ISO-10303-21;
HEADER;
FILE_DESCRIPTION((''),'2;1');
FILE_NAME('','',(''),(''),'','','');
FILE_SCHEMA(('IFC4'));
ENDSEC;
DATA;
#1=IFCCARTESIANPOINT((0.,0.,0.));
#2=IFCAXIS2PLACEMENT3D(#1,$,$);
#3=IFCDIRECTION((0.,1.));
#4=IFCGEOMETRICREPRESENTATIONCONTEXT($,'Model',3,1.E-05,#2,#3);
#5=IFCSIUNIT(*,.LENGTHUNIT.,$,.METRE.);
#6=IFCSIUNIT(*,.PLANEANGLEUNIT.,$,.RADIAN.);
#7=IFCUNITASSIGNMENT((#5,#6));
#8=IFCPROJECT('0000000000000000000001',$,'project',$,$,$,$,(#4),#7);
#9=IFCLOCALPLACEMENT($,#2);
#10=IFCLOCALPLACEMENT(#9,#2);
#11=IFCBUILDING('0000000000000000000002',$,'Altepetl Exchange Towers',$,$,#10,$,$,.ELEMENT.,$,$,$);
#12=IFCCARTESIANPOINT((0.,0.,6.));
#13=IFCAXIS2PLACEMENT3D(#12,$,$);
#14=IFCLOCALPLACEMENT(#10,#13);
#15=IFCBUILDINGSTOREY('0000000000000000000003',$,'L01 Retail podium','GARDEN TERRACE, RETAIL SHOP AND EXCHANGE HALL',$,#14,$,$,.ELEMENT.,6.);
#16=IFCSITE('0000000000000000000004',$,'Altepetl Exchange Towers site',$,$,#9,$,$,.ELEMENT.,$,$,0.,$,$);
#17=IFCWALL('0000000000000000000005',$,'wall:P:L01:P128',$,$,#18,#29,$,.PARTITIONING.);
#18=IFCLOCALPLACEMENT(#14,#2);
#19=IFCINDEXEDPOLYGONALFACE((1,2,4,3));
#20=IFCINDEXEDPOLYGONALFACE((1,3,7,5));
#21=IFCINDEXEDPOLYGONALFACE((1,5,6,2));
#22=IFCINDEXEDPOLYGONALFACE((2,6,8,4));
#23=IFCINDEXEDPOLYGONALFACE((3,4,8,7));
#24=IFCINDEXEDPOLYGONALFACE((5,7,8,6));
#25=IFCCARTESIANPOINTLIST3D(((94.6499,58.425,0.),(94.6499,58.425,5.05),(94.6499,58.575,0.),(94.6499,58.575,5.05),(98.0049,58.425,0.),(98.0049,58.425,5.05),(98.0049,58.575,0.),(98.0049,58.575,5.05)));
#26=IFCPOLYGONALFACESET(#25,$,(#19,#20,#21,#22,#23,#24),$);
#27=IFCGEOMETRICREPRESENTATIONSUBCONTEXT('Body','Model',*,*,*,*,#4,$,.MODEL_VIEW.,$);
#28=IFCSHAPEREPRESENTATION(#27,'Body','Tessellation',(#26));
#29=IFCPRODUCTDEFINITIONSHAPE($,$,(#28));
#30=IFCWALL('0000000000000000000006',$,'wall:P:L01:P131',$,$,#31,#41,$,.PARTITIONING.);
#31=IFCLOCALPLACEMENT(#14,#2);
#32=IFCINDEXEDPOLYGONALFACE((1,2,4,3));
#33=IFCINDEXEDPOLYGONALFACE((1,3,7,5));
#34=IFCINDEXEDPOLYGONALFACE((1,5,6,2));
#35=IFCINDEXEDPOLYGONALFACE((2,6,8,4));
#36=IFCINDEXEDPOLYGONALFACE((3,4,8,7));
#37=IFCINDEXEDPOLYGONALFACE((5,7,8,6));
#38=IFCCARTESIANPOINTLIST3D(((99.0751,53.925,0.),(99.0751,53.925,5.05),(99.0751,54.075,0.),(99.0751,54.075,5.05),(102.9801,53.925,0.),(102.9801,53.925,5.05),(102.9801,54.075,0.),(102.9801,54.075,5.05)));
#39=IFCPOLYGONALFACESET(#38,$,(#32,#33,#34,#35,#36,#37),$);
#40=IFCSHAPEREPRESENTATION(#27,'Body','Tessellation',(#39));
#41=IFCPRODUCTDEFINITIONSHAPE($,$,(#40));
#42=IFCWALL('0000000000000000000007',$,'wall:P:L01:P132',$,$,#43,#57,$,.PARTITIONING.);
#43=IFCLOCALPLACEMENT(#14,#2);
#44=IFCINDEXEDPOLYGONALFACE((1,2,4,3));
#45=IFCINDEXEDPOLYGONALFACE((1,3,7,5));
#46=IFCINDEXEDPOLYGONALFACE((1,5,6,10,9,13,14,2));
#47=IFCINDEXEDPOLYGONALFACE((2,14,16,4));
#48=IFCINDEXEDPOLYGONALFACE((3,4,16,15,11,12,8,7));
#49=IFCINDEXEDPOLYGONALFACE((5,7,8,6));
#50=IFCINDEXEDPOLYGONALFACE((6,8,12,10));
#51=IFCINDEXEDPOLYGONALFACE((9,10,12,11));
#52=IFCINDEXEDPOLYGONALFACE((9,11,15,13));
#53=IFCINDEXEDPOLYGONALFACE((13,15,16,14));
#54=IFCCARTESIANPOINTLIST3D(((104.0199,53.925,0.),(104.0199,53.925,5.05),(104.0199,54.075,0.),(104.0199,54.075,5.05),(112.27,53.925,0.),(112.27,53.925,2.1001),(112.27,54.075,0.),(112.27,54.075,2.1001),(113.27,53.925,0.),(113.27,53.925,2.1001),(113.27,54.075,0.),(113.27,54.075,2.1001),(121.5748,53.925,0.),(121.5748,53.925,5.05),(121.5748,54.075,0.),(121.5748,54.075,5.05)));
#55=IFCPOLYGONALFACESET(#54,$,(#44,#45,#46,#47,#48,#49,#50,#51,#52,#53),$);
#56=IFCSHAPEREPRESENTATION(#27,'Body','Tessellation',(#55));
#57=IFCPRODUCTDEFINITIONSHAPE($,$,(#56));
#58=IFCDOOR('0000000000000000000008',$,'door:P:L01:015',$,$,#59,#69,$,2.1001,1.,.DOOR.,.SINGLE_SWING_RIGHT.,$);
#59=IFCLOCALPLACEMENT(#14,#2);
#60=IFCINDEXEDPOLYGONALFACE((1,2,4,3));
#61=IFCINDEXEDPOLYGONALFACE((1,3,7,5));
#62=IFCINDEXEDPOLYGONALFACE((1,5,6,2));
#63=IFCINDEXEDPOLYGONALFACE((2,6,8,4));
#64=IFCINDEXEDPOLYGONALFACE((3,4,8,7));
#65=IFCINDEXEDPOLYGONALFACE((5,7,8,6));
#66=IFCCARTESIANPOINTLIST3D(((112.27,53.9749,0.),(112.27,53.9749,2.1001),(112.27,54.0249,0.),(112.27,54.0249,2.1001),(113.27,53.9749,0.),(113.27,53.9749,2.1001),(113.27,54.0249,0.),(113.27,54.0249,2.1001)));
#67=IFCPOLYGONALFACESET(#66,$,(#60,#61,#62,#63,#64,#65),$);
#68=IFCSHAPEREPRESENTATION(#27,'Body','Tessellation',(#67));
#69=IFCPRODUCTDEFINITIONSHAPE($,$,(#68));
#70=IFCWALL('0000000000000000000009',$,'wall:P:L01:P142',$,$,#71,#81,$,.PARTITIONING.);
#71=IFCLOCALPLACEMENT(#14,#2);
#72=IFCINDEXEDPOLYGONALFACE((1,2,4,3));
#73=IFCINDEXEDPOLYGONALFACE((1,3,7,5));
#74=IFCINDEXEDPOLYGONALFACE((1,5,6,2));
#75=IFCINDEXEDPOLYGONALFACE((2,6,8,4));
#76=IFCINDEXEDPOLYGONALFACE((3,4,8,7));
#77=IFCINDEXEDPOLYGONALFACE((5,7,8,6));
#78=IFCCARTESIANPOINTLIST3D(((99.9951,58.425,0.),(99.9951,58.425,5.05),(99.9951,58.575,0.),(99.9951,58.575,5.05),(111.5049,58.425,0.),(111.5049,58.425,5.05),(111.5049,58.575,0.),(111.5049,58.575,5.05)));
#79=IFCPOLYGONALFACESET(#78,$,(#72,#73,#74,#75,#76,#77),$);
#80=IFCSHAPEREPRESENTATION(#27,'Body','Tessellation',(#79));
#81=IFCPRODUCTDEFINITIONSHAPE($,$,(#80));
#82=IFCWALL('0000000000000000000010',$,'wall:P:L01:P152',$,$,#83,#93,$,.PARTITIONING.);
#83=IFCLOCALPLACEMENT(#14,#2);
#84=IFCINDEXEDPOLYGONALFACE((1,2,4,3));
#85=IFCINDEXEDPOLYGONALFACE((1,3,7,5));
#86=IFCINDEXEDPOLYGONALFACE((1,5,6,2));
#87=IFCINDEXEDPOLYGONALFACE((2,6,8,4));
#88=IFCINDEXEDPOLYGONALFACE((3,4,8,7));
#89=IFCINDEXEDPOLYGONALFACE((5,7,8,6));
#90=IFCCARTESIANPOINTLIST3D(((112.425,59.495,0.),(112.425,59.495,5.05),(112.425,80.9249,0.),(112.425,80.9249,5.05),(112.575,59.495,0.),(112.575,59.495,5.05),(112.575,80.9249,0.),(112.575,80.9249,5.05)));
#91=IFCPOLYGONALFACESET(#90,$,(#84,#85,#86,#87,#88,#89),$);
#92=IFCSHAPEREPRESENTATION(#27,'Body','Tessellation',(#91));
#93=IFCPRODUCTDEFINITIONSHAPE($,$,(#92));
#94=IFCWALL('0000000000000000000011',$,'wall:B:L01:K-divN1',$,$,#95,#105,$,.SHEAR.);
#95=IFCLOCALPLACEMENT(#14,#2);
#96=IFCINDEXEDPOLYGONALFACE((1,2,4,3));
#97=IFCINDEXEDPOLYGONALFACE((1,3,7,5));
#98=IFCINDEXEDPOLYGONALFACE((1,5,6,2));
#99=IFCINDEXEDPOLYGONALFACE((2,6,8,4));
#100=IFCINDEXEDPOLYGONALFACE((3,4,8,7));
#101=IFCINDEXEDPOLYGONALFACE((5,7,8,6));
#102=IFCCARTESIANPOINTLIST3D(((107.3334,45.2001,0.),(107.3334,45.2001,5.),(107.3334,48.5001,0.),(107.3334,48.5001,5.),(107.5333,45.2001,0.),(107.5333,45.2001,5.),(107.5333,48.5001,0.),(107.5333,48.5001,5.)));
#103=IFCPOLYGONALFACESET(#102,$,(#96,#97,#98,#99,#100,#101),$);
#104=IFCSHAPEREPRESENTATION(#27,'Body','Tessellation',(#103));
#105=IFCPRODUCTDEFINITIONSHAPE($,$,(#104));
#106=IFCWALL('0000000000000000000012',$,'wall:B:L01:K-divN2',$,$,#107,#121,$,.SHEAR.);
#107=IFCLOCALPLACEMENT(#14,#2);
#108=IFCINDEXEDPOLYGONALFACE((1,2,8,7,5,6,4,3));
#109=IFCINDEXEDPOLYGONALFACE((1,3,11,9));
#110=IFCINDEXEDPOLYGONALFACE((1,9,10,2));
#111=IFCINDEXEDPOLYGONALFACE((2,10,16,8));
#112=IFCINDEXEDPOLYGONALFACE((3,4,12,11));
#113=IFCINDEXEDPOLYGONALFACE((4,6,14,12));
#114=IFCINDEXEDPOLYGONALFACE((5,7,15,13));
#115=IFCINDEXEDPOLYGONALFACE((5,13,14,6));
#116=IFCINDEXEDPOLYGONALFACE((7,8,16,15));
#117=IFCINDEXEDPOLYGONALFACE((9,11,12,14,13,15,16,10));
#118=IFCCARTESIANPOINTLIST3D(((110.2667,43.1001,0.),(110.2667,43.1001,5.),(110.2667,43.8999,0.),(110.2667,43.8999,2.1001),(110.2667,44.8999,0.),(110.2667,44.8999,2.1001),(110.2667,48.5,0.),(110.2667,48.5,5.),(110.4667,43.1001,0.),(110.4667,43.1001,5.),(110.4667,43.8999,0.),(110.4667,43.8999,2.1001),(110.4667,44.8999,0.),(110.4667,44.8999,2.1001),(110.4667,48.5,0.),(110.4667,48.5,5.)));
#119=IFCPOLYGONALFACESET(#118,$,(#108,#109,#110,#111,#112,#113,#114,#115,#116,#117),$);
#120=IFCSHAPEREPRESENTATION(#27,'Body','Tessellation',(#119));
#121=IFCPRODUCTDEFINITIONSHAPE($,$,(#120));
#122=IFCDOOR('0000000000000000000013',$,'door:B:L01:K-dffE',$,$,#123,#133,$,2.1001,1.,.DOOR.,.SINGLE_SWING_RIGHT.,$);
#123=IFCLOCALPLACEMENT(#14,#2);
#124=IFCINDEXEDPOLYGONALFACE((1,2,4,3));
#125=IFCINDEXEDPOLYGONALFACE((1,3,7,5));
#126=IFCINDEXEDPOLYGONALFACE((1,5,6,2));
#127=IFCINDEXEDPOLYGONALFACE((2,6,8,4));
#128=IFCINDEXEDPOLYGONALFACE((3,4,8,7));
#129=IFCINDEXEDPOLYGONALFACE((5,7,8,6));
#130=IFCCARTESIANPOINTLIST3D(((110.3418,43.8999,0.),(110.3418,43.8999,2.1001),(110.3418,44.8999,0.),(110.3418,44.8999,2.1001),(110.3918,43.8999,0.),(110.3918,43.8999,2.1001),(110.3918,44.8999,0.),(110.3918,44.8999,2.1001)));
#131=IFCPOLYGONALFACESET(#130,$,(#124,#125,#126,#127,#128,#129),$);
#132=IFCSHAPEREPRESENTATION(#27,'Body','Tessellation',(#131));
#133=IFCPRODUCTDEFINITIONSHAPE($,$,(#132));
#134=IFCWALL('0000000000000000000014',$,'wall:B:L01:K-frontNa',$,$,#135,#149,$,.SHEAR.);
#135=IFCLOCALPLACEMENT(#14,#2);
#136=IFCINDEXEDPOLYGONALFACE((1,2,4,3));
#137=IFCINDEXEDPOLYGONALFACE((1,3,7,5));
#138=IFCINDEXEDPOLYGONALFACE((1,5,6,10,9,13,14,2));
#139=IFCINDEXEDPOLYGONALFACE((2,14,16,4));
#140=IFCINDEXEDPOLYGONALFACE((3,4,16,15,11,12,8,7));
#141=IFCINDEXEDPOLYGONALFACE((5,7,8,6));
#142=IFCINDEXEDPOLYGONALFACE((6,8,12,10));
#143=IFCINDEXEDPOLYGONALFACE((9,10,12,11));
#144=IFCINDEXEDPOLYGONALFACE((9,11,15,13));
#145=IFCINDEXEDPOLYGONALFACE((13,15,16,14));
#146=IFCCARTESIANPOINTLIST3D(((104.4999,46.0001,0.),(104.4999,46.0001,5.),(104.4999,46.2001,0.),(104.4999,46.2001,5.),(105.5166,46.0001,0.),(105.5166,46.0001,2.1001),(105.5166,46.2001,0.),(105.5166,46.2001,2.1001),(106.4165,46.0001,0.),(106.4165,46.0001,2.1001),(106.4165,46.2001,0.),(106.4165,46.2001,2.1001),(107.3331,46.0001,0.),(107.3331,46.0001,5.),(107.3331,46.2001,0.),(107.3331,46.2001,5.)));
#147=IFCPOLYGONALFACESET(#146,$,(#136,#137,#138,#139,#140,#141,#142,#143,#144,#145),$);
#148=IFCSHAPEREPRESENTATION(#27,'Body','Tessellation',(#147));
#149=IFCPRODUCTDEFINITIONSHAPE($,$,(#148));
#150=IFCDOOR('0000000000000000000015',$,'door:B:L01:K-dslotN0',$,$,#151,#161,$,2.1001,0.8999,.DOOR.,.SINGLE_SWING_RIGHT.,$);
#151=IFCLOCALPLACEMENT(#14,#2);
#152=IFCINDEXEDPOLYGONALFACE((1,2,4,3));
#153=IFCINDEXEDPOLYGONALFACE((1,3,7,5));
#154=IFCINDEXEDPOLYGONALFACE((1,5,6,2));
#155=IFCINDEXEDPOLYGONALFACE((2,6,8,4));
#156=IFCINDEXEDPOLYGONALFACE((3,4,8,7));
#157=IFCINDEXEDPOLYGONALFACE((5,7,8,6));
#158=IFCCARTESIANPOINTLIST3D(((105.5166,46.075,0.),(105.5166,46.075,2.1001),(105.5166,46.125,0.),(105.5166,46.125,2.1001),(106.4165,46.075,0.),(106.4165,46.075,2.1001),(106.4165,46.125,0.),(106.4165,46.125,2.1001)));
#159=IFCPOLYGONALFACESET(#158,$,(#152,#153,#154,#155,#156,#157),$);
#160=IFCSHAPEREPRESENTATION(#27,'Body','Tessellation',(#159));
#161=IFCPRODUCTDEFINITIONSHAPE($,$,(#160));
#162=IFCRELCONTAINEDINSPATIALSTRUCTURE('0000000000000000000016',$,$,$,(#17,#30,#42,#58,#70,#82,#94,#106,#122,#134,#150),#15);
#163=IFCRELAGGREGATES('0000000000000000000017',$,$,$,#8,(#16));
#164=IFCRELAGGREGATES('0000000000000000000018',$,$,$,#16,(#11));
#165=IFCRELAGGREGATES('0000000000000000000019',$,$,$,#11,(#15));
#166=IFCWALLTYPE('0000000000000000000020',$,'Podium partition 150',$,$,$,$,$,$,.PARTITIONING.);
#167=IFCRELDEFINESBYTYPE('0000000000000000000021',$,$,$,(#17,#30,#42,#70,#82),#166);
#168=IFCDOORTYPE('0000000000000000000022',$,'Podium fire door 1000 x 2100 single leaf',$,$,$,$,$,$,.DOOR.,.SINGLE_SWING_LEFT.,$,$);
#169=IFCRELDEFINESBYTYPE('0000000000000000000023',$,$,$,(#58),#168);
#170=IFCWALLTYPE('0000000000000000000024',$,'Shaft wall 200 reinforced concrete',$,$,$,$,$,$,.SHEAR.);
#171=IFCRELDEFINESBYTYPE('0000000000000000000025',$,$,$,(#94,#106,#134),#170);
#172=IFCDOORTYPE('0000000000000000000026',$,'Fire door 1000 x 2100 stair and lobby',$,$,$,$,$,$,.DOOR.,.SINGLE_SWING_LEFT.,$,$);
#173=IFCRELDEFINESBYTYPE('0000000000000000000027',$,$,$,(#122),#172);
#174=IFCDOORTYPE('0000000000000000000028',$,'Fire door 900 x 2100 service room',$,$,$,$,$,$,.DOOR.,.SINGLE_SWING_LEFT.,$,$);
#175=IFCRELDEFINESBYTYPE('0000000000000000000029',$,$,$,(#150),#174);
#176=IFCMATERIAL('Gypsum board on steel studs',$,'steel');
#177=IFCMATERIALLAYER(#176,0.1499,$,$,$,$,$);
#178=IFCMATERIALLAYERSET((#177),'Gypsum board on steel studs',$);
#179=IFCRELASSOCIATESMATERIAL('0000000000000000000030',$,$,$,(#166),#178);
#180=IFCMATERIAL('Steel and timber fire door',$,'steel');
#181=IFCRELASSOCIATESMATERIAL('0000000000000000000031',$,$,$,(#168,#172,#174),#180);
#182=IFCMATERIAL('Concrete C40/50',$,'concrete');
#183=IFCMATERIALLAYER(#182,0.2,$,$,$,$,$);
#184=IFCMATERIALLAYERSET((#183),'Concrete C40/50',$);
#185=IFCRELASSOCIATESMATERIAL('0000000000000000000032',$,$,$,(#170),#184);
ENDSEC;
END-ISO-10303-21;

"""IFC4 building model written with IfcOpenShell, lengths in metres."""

from ifc_helpers import new_model, si_unit, direction, frame, frame_2d, origin, place, context, subcontext, project, spatial, rectangle, extrude, material, layer, layer_set, type_object, element, fill, save


model = new_model("IFC4")

# Units and contexts
model_context = context("Model", 3, precision=1e-05, world=origin(), true_north=direction((0.0, 1.0)))
body_context = subcontext(model_context, "Body", "Model", "MODEL_VIEW")
ifc_project = project(units=[si_unit("LENGTHUNIT", "METRE"), si_unit("PLANEANGLEUNIT", "RADIAN")], contexts=[model_context])

# Site, building, storey
site_placement = place(None, origin())
site = spatial("IfcSite", under=ifc_project, at=site_placement, Name="Altepetl Exchange Towers site", CompositionType="ELEMENT", RefElevation=0.0)
building_placement = place(site_placement, origin())
building = spatial("IfcBuilding", under=site, at=building_placement, Name="Altepetl Exchange Towers", CompositionType="ELEMENT")
storey_placement = place(building_placement, frame((0.0, 0.0, 6.0)))
storey = spatial("IfcBuildingStorey", under=building, at=storey_placement, Name="L01 Retail podium", Description="GARDEN TERRACE, RETAIL SHOP AND EXCHANGE HALL", CompositionType="ELEMENT", Elevation=6.0)

# Walls
ifc_material_1 = material(Name="Gypsum board on steel studs", Category="steel")
ifc_layer_1 = layer(ifc_material_1, 0.1499)
ifc_layer_set_1 = layer_set([ifc_layer_1], Name="Gypsum board on steel studs")
wall_type_1 = type_object("IfcWallType", Name="Podium partition 150", PredefinedType="PARTITIONING", material=ifc_layer_set_1)
wall_1_placement = place(storey_placement, frame((94.6499, 58.5, 0.0)))
element("IfcWall", 1, at=wall_1_placement, inside=storey, type_object=wall_type_1, Name="wall:P:L01:P128", PredefinedType="PARTITIONING", context=body_context, shape_type="SweptSolid", body=[
    extrude(rectangle(XDim=3.355, YDim=0.1499, at=frame_2d((1.6775, 0.0))), origin(), (0.0, 0.0, 1.0), 5.05),
])
wall_2_placement = place(storey_placement, frame((99.075, 54.0, 0.0)))
element("IfcWall", 2, at=wall_2_placement, inside=storey, type_object=wall_type_1, Name="wall:P:L01:P131", PredefinedType="PARTITIONING", context=body_context, shape_type="SweptSolid", body=[
    extrude(rectangle(XDim=3.905, YDim=0.1499, at=frame_2d((1.9526, 0.0))), origin(), (0.0, 0.0, 1.0), 5.05),
])

# Wall, opening, door
wall_3_placement = place(storey_placement, frame((104.02, 54.0, 0.0)))
wall_3 = element("IfcWall", 3, at=wall_3_placement, inside=storey, type_object=wall_type_1, Name="wall:P:L01:P132", PredefinedType="PARTITIONING", context=body_context, shape_type="SweptSolid", body=[
    extrude(rectangle(XDim=17.5549, YDim=0.1499, at=frame_2d((8.7773, 0.0))), origin(), (0.0, 0.0, 1.0), 5.05),
])
opening_1_placement = place(wall_3_placement, frame((8.25, 0.0, 0.0)))
opening_1 = element("IfcOpeningElement", 4, at=opening_1_placement, cuts=wall_3, PredefinedType="OPENING", context=body_context, shape_type="SweptSolid", body=[
    extrude(rectangle(XDim=1.0, YDim=2.1001, at=frame_2d((0.5, 1.05))), frame((0.0, 0.085, 0.0), z_axis=(0.0, -1.0, 0.0), x_axis=(1.0, 0.0, 0.0)), (0.0, 0.0, 1.0), 0.1699),
])
ifc_material_2 = material(Name="Steel and timber fire door", Category="steel")
door_type_1 = type_object("IfcDoorType", Name="Podium fire door 1000 x 2100 single leaf", OperationType="SINGLE_SWING_LEFT", PredefinedType="DOOR", material=ifc_material_2)
door_1_placement = place(opening_1_placement, origin())
door_1 = element("IfcDoor", 5, at=door_1_placement, inside=storey, type_object=door_type_1, Name="door:P:L01:015", OperationType="SINGLE_SWING_RIGHT", OverallHeight=2.1001, OverallWidth=1.0, PredefinedType="DOOR", context=body_context, shape_type="SweptSolid", body=[
    extrude(rectangle(XDim=1.0, YDim=2.1001, at=frame_2d((0.5, 1.05))), frame((0.0, 0.0249, 0.0), z_axis=(0.0, -1.0, 0.0), x_axis=(1.0, 0.0, 0.0)), (0.0, 0.0, 1.0), 0.05),
])
fill(opening_1, door_1)

# Walls
wall_4_placement = place(storey_placement, frame((99.9951, 58.5, 0.0)))
element("IfcWall", 6, at=wall_4_placement, inside=storey, type_object=wall_type_1, Name="wall:P:L01:P142", PredefinedType="PARTITIONING", context=body_context, shape_type="SweptSolid", body=[
    extrude(rectangle(XDim=11.5098, YDim=0.1499, at=frame_2d((5.7549, 0.0))), origin(), (0.0, 0.0, 1.0), 5.05),
])
wall_5_placement = place(storey_placement, frame((112.5, 59.4951, 0.0), z_axis=(0.0, 0.0, 1.0), x_axis=(0.0, 1.0, 0.0)))
element("IfcWall", 7, at=wall_5_placement, inside=storey, type_object=wall_type_1, Name="wall:P:L01:P152", PredefinedType="PARTITIONING", context=body_context, shape_type="SweptSolid", body=[
    extrude(rectangle(XDim=21.4299, YDim=0.1499, at=frame_2d((10.7148, 0.0))), origin(), (0.0, 0.0, 1.0), 5.05),
])
ifc_material_3 = material(Name="Concrete C40/50", Category="concrete")
ifc_layer_2 = layer(ifc_material_3, 0.2)
ifc_layer_set_2 = layer_set([ifc_layer_2], Name="Concrete C40/50")
wall_type_2 = type_object("IfcWallType", Name="Shaft wall 200 reinforced concrete", PredefinedType="SHEAR", material=ifc_layer_set_2)
wall_6_placement = place(storey_placement, frame((107.4333, 48.5, 0.0), z_axis=(0.0, 0.0, 1.0), x_axis=(0.0, -1.0, 0.0)))
element("IfcWall", 8, at=wall_6_placement, inside=storey, type_object=wall_type_2, Name="wall:B:L01:K-divN1", PredefinedType="SHEAR", context=body_context, shape_type="SweptSolid", body=[
    extrude(rectangle(XDim=3.3, YDim=0.2, at=frame_2d((1.6499, 0.0))), origin(), (0.0, 0.0, 1.0), 5.0),
])

# Walls, openings, doors
wall_7_placement = place(storey_placement, frame((110.3667, 48.5, 0.0), z_axis=(0.0, 0.0, 1.0), x_axis=(0.0, -1.0, 0.0)))
wall_7 = element("IfcWall", 9, at=wall_7_placement, inside=storey, type_object=wall_type_2, Name="wall:B:L01:K-divN2", PredefinedType="SHEAR", context=body_context, shape_type="SweptSolid", body=[
    extrude(rectangle(XDim=5.3999, YDim=0.2, at=frame_2d((2.7, 0.0))), origin(), (0.0, 0.0, 1.0), 5.0),
])
opening_2_placement = place(wall_7_placement, frame((3.6001, 0.0, 0.0)))
opening_2 = element("IfcOpeningElement", 10, at=opening_2_placement, cuts=wall_7, PredefinedType="OPENING", context=body_context, shape_type="SweptSolid", body=[
    extrude(rectangle(XDim=1.0, YDim=2.1001, at=frame_2d((0.5, 1.05))), frame((0.0, 0.1099, 0.0), z_axis=(0.0, -1.0, 0.0), x_axis=(1.0, 0.0, 0.0)), (0.0, 0.0, 1.0), 0.22),
])
door_type_2 = type_object("IfcDoorType", Name="Fire door 1000 x 2100 stair and lobby", OperationType="SINGLE_SWING_LEFT", PredefinedType="DOOR", material=ifc_material_2)
door_2_placement = place(opening_2_placement, frame((1.0, 0.0, 0.0), x_axis=(-1.0, 0.0, 0.0)))
door_2 = element("IfcDoor", 11, at=door_2_placement, inside=storey, type_object=door_type_2, Name="door:B:L01:K-dffE", OperationType="SINGLE_SWING_RIGHT", OverallHeight=2.1001, OverallWidth=1.0, PredefinedType="DOOR", context=body_context, shape_type="SweptSolid", body=[
    extrude(rectangle(XDim=1.0, YDim=2.1001, at=frame_2d((0.5, 1.05))), frame((0.0, 0.0249, 0.0), z_axis=(0.0, -1.0, 0.0), x_axis=(1.0, 0.0, 0.0)), (0.0, 0.0, 1.0), 0.05),
])
fill(opening_2, door_2)
wall_8_placement = place(storey_placement, frame((104.5, 46.1001, 0.0)))
wall_8 = element("IfcWall", 12, at=wall_8_placement, inside=storey, type_object=wall_type_2, Name="wall:B:L01:K-frontNa", PredefinedType="SHEAR", context=body_context, shape_type="SweptSolid", body=[
    extrude(rectangle(XDim=2.8333, YDim=0.2, at=frame_2d((1.4165, 0.0))), origin(), (0.0, 0.0, 1.0), 5.0),
])
opening_3_placement = place(wall_8_placement, frame((1.0166, 0.0, 0.0)))
opening_3 = element("IfcOpeningElement", 13, at=opening_3_placement, cuts=wall_8, PredefinedType="OPENING", context=body_context, shape_type="SweptSolid", body=[
    extrude(rectangle(XDim=0.8999, YDim=2.1001, at=frame_2d((0.45, 1.05))), frame((0.0, 0.1099, 0.0), z_axis=(0.0, -1.0, 0.0), x_axis=(1.0, 0.0, 0.0)), (0.0, 0.0, 1.0), 0.22),
])
door_type_3 = type_object("IfcDoorType", Name="Fire door 900 x 2100 service room", OperationType="SINGLE_SWING_LEFT", PredefinedType="DOOR", material=ifc_material_2)
door_3_placement = place(opening_3_placement, origin())
door_3 = element("IfcDoor", 14, at=door_3_placement, inside=storey, type_object=door_type_3, Name="door:B:L01:K-dslotN0", OperationType="SINGLE_SWING_RIGHT", OverallHeight=2.1001, OverallWidth=0.8999, PredefinedType="DOOR", context=body_context, shape_type="SweptSolid", body=[
    extrude(rectangle(XDim=0.8999, YDim=2.1001, at=frame_2d((0.45, 1.05))), frame((0.0, 0.0249, 0.0), z_axis=(0.0, -1.0, 0.0), x_axis=(1.0, 0.0, 0.0)), (0.0, 0.0, 1.0), 0.05),
])
fill(opening_3, door_3)

save(model, "model.ifc")
